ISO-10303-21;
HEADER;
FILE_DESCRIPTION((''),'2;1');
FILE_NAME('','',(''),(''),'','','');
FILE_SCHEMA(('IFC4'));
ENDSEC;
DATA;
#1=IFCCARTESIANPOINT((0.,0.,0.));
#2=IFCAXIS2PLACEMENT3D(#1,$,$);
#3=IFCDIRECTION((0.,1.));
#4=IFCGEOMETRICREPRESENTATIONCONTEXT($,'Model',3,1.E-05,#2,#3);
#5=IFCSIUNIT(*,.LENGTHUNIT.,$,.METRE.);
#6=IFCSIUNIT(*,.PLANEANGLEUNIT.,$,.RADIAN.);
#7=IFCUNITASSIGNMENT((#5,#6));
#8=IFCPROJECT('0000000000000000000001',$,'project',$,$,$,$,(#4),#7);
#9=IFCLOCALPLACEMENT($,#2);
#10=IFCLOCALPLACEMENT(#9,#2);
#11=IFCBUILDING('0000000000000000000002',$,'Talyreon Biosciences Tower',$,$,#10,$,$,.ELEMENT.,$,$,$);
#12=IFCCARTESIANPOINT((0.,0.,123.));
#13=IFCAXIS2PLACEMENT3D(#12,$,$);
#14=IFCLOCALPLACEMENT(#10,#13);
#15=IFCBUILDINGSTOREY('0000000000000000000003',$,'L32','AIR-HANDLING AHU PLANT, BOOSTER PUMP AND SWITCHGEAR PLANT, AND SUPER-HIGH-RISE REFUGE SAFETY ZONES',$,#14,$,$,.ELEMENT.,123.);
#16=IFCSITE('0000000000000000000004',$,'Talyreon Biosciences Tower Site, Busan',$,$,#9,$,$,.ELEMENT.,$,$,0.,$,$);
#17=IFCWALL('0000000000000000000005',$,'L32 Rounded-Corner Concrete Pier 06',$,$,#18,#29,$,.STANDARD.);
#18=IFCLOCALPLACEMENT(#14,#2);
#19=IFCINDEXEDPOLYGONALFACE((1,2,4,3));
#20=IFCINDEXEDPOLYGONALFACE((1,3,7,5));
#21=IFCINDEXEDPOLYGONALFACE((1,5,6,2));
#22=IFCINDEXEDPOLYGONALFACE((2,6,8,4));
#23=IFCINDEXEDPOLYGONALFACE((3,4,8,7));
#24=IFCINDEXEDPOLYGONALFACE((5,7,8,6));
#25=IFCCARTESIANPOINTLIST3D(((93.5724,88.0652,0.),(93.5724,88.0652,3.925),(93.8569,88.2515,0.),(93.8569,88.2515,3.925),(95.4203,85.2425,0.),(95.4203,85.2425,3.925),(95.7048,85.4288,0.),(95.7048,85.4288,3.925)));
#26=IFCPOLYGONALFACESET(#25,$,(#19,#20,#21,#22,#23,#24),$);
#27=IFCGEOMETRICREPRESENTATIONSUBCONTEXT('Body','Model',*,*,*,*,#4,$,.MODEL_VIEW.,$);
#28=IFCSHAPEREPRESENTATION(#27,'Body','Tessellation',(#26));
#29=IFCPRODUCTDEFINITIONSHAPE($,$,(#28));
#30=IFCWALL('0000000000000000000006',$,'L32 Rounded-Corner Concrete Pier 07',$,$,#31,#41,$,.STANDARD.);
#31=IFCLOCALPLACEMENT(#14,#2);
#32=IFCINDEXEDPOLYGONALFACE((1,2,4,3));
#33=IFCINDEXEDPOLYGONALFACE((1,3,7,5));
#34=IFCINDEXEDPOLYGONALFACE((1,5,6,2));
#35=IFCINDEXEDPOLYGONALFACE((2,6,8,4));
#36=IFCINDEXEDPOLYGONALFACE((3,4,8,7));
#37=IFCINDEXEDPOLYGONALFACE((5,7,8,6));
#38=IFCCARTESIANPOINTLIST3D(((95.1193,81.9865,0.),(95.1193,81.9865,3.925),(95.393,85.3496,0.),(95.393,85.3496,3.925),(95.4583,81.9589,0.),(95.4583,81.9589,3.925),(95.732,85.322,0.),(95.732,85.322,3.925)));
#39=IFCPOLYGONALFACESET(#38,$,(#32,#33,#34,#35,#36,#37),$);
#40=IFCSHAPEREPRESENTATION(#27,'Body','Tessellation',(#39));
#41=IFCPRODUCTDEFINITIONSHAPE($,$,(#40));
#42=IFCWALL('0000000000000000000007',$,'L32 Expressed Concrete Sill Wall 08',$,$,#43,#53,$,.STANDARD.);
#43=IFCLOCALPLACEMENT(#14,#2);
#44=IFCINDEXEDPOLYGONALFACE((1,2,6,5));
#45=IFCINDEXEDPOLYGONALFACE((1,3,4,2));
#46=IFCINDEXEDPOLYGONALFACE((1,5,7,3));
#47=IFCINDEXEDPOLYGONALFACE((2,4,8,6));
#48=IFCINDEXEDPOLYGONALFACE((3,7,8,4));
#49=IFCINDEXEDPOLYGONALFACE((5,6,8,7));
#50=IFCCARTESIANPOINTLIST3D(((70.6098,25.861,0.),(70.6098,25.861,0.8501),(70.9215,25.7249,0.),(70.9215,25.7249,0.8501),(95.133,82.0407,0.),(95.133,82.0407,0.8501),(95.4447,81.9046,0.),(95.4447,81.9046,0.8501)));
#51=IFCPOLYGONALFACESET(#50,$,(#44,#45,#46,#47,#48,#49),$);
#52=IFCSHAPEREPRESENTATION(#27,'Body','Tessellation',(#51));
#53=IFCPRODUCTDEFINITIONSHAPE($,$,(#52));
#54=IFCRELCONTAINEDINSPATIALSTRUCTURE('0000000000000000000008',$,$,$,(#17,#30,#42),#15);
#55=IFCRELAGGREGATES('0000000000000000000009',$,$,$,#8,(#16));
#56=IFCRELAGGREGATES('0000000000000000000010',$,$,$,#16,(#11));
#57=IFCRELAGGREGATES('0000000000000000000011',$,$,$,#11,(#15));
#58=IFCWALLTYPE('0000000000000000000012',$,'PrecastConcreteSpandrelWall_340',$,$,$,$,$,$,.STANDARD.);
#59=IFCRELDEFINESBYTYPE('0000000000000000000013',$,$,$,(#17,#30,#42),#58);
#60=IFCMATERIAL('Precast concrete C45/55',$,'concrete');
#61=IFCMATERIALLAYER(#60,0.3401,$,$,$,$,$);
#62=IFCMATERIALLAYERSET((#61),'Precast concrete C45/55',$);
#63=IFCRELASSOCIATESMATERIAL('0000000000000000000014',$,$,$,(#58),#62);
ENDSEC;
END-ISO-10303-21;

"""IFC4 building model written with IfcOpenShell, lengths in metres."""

from ifc_helpers import new_model, si_unit, direction, frame, frame_2d, origin, place, context, subcontext, project, spatial, rectangle, extrude, material, layer, layer_set, type_object, element, save


model = new_model("IFC4")

# Units and contexts
model_context = context("Model", 3, precision=1e-05, world=origin(), true_north=direction((0.0, 1.0)))
body_context = subcontext(model_context, "Body", "Model", "MODEL_VIEW")
ifc_project = project(units=[si_unit("LENGTHUNIT", "METRE"), si_unit("PLANEANGLEUNIT", "RADIAN")], contexts=[model_context])

# Site, building, storey
site_placement = place(None, origin())
site = spatial("IfcSite", under=ifc_project, at=site_placement, Name="Talyreon Biosciences Tower Site, Busan", CompositionType="ELEMENT", RefElevation=0.0)
building_placement = place(site_placement, origin())
building = spatial("IfcBuilding", under=site, at=building_placement, Name="Talyreon Biosciences Tower", CompositionType="ELEMENT")
storey_placement = place(building_placement, frame((0.0, 0.0, 123.0)))
storey = spatial("IfcBuildingStorey", under=building, at=storey_placement, Name="L32", Description="AIR-HANDLING AHU PLANT, BOOSTER PUMP AND SWITCHGEAR PLANT, AND SUPER-HIGH-RISE REFUGE SAFETY ZONES", CompositionType="ELEMENT", Elevation=123.0)

# Shared definitions
ifc_material_1 = material(Name="Precast concrete C45/55", Category="concrete")

# Walls
ifc_layer_1 = layer(ifc_material_1, 0.3401)
ifc_layer_set_1 = layer_set([ifc_layer_1], Name="Precast concrete C45/55")
wall_type_1 = type_object("IfcWallType", Name="PrecastConcreteSpandrelWall_340", PredefinedType="STANDARD", material=ifc_layer_set_1)
for number, where, z_axis, x_axis, name in (
    (1, (93.7146, 88.1584, 0.0), (0.0, 0.0, 1.0), (0.547717, -0.836664, 0.0), "L32 Rounded-Corner Concrete Pier 06"),
):
    element("IfcWall", number, at=place(storey_placement, frame(where, z_axis=z_axis, x_axis=x_axis)), inside=storey, type_object=wall_type_1, Name=name, PredefinedType="STANDARD", context=body_context, shape_type="SweptSolid", body=[
        extrude(rectangle(XDim=3.3738, YDim=0.3401, at=frame_2d((1.687, 0.0))), origin(), (0.0, 0.0, 1.0), 3.925),
    ])
wall_1_placement = place(storey_placement, frame((95.5625, 85.3357, 0.0), z_axis=(0.0, 0.0, 1.0), x_axis=(-0.081111, -0.996705, 0.0)))
element("IfcWall", 2, at=wall_1_placement, inside=storey, type_object=wall_type_1, Name="L32 Rounded-Corner Concrete Pier 07", PredefinedType="STANDARD", context=body_context, shape_type="SweptSolid", body=[
    extrude(rectangle(XDim=3.3743, YDim=0.3401, at=frame_2d((1.687, 0.0))), origin(), (0.0, 0.0, 1.0), 3.925),
])
wall_2_placement = place(storey_placement, frame((95.2888, 81.9727, 0.0), z_axis=(0.0, 0.0, 1.0), x_axis=(-0.40006, -0.916489, 0.0)))
element("IfcWall", 3, at=wall_2_placement, inside=storey, type_object=wall_type_1, Name="L32 Expressed Concrete Sill Wall 08", PredefinedType="STANDARD", context=body_context, shape_type="SweptSolid", body=[
    extrude(rectangle(XDim=61.2988, YDim=0.3401, at=frame_2d((30.6494, 0.0))), origin(), (0.0, 0.0, 1.0), 0.8501),
])

save(model, "model.ifc")
